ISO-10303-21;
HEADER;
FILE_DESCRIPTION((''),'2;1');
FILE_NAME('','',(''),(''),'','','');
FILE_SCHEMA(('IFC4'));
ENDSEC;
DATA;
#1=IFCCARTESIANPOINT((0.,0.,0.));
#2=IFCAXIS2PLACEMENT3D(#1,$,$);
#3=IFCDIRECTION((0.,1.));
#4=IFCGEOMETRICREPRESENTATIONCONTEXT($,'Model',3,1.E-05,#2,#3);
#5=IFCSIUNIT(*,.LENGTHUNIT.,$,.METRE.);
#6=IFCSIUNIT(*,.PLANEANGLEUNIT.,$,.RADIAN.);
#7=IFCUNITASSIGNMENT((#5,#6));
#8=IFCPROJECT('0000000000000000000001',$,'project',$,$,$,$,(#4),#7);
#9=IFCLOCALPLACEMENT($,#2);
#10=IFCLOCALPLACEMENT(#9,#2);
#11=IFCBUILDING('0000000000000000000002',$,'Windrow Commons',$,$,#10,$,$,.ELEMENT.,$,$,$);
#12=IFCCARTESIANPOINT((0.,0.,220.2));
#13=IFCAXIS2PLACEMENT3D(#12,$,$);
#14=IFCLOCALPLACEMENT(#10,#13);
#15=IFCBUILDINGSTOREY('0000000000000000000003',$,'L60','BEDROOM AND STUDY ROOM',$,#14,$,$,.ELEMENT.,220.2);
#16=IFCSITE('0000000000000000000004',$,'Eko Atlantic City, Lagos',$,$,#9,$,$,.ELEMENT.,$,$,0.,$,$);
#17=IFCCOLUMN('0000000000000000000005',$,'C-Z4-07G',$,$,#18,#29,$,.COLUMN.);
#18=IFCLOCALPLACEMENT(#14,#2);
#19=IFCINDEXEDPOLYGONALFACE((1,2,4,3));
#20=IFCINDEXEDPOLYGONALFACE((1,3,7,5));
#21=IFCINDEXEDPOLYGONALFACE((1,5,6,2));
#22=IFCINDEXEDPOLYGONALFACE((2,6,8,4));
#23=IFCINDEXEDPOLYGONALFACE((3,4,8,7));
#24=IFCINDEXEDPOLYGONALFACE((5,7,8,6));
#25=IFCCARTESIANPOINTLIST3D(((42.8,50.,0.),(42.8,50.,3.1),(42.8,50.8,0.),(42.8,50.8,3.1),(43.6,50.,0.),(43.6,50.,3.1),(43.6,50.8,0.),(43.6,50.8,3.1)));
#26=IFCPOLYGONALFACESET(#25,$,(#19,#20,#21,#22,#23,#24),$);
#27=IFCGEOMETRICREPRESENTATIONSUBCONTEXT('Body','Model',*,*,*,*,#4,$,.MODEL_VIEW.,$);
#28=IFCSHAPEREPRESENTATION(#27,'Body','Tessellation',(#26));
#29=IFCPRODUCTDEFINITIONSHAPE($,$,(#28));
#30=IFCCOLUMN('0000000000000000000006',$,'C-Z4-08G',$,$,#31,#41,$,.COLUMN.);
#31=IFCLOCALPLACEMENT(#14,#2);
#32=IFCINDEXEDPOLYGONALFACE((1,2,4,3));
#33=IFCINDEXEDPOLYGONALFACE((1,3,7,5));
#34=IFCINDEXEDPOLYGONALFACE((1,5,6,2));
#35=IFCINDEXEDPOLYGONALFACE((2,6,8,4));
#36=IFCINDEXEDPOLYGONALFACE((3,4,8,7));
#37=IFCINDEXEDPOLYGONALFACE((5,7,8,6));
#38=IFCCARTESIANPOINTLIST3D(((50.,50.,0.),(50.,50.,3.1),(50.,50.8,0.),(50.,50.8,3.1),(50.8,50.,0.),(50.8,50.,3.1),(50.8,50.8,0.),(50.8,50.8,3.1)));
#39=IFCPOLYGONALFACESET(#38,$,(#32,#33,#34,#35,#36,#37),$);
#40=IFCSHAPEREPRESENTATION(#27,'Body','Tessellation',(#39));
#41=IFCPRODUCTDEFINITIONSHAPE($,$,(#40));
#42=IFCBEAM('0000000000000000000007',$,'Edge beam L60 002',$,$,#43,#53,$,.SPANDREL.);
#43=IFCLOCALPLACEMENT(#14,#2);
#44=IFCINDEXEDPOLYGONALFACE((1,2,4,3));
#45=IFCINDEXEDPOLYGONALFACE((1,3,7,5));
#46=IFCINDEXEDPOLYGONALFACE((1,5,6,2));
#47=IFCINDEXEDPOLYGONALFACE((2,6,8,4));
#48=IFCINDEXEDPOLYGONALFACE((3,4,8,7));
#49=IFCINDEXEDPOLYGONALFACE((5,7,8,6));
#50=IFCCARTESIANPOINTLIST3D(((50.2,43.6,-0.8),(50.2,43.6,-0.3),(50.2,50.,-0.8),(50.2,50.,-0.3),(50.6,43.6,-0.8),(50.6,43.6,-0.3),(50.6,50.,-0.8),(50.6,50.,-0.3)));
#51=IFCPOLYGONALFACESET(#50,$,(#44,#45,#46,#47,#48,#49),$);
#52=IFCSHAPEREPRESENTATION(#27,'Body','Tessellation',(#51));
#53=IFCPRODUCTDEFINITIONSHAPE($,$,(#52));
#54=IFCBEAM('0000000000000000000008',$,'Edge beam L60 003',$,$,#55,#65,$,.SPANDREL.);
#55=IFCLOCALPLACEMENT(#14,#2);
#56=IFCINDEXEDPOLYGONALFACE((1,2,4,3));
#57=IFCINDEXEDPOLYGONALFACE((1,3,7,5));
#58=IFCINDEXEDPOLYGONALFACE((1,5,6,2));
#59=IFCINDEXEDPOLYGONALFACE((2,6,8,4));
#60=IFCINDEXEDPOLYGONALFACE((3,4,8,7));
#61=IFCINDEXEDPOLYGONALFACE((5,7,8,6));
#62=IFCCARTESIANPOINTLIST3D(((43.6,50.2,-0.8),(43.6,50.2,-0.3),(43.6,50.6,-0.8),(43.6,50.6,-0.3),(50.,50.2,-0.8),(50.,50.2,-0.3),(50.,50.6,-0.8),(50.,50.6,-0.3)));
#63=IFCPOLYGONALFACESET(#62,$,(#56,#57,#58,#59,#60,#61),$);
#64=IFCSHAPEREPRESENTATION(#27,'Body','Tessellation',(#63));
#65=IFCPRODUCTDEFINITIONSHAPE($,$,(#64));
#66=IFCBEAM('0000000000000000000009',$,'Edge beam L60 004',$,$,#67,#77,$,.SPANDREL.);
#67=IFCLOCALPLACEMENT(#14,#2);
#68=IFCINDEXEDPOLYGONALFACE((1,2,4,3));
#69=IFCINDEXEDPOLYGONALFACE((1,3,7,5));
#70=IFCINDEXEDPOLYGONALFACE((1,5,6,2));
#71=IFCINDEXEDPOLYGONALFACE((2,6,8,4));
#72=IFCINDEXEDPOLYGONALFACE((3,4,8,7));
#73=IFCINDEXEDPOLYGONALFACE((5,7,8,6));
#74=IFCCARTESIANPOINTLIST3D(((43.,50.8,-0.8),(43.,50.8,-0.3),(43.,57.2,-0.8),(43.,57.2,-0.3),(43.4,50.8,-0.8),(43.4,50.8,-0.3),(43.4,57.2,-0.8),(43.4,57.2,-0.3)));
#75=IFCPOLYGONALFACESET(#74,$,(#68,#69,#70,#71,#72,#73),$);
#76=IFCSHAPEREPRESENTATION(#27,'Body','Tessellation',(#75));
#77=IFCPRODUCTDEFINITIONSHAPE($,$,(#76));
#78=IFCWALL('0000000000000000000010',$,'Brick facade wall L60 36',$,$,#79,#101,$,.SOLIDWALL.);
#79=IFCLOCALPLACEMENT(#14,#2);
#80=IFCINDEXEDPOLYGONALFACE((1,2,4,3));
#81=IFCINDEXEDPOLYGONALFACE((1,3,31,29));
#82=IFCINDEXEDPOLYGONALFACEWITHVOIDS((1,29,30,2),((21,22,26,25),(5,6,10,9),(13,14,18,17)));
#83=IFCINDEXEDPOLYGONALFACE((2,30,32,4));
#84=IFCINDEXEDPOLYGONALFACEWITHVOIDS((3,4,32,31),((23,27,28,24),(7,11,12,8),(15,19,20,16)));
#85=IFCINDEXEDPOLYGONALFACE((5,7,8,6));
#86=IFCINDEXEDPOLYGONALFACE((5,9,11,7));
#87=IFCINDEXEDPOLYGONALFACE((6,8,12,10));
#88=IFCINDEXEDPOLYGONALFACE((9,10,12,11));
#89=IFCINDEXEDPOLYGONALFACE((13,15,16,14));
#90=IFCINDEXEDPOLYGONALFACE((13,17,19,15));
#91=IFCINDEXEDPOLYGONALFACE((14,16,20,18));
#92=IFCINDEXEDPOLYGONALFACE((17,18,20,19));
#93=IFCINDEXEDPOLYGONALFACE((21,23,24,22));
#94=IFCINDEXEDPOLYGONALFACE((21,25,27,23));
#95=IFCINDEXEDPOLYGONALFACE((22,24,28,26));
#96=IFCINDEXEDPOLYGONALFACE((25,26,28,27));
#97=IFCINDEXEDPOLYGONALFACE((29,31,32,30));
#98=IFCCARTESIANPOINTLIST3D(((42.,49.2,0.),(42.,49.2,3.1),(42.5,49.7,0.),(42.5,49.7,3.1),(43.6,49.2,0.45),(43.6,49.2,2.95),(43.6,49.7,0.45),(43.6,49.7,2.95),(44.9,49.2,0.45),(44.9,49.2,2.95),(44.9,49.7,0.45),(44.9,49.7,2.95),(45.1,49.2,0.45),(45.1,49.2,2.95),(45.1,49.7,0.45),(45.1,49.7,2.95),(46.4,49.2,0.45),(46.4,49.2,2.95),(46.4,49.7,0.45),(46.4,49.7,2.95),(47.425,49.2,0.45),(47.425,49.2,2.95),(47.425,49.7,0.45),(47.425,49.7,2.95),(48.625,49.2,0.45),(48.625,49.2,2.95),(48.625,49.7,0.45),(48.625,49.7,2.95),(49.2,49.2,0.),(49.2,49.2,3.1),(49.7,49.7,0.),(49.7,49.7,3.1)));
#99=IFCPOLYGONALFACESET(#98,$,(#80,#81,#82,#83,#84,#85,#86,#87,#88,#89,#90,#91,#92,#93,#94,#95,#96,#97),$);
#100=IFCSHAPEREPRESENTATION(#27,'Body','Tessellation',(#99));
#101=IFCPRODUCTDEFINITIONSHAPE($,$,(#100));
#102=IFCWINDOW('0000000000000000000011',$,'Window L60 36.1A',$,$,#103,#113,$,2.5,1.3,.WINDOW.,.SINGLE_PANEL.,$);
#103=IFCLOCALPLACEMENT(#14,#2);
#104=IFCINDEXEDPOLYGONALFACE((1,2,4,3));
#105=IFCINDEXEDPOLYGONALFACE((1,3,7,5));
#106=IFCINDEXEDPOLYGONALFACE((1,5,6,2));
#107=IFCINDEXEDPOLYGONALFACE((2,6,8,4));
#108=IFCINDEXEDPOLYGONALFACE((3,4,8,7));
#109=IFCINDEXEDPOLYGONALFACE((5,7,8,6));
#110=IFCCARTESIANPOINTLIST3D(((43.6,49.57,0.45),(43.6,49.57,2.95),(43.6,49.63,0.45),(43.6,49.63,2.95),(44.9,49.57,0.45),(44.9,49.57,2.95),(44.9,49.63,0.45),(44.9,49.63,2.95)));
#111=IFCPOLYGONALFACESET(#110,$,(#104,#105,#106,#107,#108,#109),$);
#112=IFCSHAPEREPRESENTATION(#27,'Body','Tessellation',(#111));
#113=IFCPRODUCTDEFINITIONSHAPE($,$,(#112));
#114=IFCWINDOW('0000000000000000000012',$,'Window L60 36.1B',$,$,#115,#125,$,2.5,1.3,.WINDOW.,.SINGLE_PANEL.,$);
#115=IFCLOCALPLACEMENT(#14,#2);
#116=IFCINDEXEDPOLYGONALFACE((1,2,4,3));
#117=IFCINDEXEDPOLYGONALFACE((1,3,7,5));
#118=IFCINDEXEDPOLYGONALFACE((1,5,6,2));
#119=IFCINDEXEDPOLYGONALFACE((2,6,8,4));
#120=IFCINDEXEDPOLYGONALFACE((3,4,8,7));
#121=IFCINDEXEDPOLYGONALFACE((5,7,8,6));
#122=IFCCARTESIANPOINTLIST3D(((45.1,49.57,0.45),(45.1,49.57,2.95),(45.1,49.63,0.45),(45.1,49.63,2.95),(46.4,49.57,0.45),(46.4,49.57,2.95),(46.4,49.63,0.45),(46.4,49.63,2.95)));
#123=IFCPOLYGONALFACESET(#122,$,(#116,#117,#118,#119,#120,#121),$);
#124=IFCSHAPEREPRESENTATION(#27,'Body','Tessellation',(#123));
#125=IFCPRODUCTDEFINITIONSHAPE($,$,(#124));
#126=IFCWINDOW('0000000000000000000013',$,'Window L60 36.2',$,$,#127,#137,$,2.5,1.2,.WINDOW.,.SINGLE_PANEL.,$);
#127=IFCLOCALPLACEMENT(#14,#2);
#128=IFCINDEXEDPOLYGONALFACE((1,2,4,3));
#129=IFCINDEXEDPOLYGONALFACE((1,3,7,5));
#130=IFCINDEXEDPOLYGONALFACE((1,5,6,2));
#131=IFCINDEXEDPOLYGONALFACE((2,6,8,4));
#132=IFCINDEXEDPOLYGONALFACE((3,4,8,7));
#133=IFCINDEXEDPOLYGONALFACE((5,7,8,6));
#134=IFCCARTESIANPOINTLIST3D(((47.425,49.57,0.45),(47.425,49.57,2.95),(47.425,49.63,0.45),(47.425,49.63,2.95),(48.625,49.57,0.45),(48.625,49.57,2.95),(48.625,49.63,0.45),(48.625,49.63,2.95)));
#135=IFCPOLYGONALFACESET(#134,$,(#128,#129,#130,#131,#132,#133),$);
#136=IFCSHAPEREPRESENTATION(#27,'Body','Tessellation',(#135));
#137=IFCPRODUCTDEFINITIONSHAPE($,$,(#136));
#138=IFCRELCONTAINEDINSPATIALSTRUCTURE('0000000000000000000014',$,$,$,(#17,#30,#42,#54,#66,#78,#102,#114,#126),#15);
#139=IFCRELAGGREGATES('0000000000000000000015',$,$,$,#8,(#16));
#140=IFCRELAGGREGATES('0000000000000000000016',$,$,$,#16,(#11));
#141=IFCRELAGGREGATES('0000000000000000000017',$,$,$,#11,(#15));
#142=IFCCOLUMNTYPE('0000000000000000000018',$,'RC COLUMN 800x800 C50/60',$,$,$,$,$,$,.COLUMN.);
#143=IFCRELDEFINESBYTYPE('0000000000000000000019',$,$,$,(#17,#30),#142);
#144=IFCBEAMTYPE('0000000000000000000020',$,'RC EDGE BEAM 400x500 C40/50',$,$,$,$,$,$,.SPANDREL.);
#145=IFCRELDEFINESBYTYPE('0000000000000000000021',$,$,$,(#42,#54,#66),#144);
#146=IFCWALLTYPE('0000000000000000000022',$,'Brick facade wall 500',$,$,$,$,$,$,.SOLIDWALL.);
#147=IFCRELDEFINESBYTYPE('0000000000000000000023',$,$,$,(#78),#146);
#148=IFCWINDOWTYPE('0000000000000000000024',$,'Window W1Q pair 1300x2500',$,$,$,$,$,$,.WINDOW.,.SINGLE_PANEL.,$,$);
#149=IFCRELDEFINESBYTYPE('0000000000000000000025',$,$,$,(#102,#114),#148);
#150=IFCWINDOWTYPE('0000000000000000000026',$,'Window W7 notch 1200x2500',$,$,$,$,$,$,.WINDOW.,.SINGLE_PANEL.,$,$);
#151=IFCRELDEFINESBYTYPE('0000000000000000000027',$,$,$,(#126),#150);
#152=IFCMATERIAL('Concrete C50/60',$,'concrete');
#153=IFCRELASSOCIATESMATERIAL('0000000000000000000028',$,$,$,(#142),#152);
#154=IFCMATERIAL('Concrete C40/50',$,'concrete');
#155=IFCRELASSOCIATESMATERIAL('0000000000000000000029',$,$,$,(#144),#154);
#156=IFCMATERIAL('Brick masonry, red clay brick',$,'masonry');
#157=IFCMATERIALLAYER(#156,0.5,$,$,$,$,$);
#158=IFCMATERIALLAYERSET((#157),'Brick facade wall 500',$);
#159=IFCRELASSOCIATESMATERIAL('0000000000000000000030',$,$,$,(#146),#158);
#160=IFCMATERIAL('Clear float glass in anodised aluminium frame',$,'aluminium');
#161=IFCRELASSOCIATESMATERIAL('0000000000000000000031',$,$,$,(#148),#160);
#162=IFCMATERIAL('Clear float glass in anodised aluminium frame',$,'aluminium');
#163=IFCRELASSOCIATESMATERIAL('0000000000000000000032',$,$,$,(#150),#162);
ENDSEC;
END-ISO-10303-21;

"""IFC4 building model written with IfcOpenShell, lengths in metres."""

from ifc_helpers import new_model, si_unit, direction, frame, frame_2d, origin, origin_2d, place, context, subcontext, project, spatial, polyline, rectangle, outline, extrude, material, layer, layer_set, material_profile, profile_set, type_object, element, fill, save


model = new_model("IFC4")

# Units and contexts
model_context = context("Model", 3, precision=1e-05, world=origin(), true_north=direction((0.0, 1.0)))
body_context = subcontext(model_context, "Body", "Model", "MODEL_VIEW")
ifc_project = project(units=[si_unit("LENGTHUNIT", "METRE"), si_unit("PLANEANGLEUNIT", "RADIAN")], contexts=[model_context])

# Site, building, storey
site_placement = place(None, origin())
site = spatial("IfcSite", under=ifc_project, at=site_placement, Name="Eko Atlantic City, Lagos", CompositionType="ELEMENT", RefElevation=0.0)
building_placement = place(site_placement, origin())
building = spatial("IfcBuilding", under=site, at=building_placement, Name="Windrow Commons", CompositionType="ELEMENT")
storey_placement = place(building_placement, frame((0.0, 0.0, 220.2)))
storey = spatial("IfcBuildingStorey", under=building, at=storey_placement, Name="L60", Description="BEDROOM AND STUDY ROOM", CompositionType="ELEMENT", Elevation=220.2)

# Columns
ifc_material_1 = material(Name="Concrete C50/60", Category="concrete")
ifc_material_profile_1 = material_profile(ifc_material_1, rectangle(XDim=0.8, YDim=0.8, at=origin_2d()))
ifc_profile_set_1 = profile_set([ifc_material_profile_1], Name="Concrete C50/60")
column_type = type_object("IfcColumnType", Name="RC COLUMN 800x800 C50/60", PredefinedType="COLUMN", material=ifc_profile_set_1)
for number, where, z_axis, x_axis, name in (
    (1, (43.2, 50.4, 0.0), (0.0, 0.0, 1.0), (1.0, 0.0, 0.0), "C-Z4-07G"),
    (2, (50.4, 50.4, 0.0), (0.0, 0.0, 1.0), (1.0, 0.0, 0.0), "C-Z4-08G"),
):
    element("IfcColumn", number, at=place(storey_placement, frame(where, z_axis=z_axis, x_axis=x_axis)), inside=storey, type_object=column_type, Name=name, PredefinedType="COLUMN", context=body_context, shape_type="SweptSolid", body=[
        extrude(rectangle(XDim=0.8, YDim=0.8, at=origin_2d()), origin(), (0.0, 0.0, 1.0), 3.1),
    ])

# Beams
ifc_material_2 = material(Name="Concrete C40/50", Category="concrete")
ifc_material_profile_2 = material_profile(ifc_material_2, rectangle(XDim=0.4, YDim=0.5, at=origin_2d()))
ifc_profile_set_2 = profile_set([ifc_material_profile_2], Name="Concrete C40/50")
beam_type = type_object("IfcBeamType", Name="RC EDGE BEAM 400x500 C40/50", PredefinedType="SPANDREL", material=ifc_profile_set_2)
for number, where, z_axis, x_axis, name in (
    (3, (50.4, 43.6, -0.55), (0.0, 1.0, 0.0), (-1.0, 0.0, 0.0), "Edge beam L60 002"),
    (4, (50.0, 50.4, -0.55), (-1.0, 0.0, 0.0), (0.0, -1.0, 0.0), "Edge beam L60 003"),
    (5, (43.2, 50.8, -0.55), (0.0, 1.0, 0.0), (-1.0, 0.0, 0.0), "Edge beam L60 004"),
):
    element("IfcBeam", number, at=place(storey_placement, frame(where, z_axis=z_axis, x_axis=x_axis)), inside=storey, type_object=beam_type, Name=name, PredefinedType="SPANDREL", context=body_context, shape_type="SweptSolid", body=[
        extrude(rectangle(XDim=0.4, YDim=0.5, at=origin_2d()), origin(), (0.0, 0.0, 1.0), 6.4),
    ])

# Wall, openings, windows
ifc_material_3 = material(Name="Brick masonry, red clay brick", Category="masonry")
ifc_layer_1 = layer(ifc_material_3, 0.5)
ifc_layer_set_1 = layer_set([ifc_layer_1], Name="Brick facade wall 500")
wall_type_1 = type_object("IfcWallType", Name="Brick facade wall 500", PredefinedType="SOLIDWALL", material=ifc_layer_set_1)
wall_1_placement = place(storey_placement, frame((42.25, 49.45, 0.0), z_axis=(0.0, 0.0, 1.0), x_axis=(1.0, 0.0, 0.0)))
wall_1 = element("IfcWall", 6, at=wall_1_placement, inside=storey, type_object=wall_type_1, Name="Brick facade wall L60 36", PredefinedType="SOLIDWALL", context=body_context, shape_type="SweptSolid", body=[
    extrude(outline(polyline([(-0.25, -0.25), (6.95, -0.25), (7.45, 0.25), (0.25, 0.25), (-0.25, -0.25)])), origin(), (0.0, 0.0, 1.0), 3.1),
])
opening_1_placement = place(wall_1_placement, frame((1.35, 0.0, 0.45)))
opening_1 = element("IfcOpeningElement", 7, at=opening_1_placement, cuts=wall_1, PredefinedType="OPENING", context=body_context, shape_type="SweptSolid", body=[
    extrude(rectangle(XDim=1.3, YDim=2.5, at=frame_2d((0.65, 1.25))), frame((0.0, 0.26, 0.0), z_axis=(0.0, -1.0, 0.0), x_axis=(1.0, 0.0, 0.0)), (0.0, 0.0, 1.0), 0.52),
])
opening_2_placement = place(wall_1_placement, frame((2.85, 0.0, 0.45)))
opening_2 = element("IfcOpeningElement", 8, at=opening_2_placement, cuts=wall_1, PredefinedType="OPENING", context=body_context, shape_type="SweptSolid", body=[
    extrude(rectangle(XDim=1.3, YDim=2.5, at=frame_2d((0.65, 1.25))), frame((0.0, 0.26, 0.0), z_axis=(0.0, -1.0, 0.0), x_axis=(1.0, 0.0, 0.0)), (0.0, 0.0, 1.0), 0.52),
])
opening_3_placement = place(wall_1_placement, frame((5.175, 0.0, 0.45)))
opening_3 = element("IfcOpeningElement", 9, at=opening_3_placement, cuts=wall_1, PredefinedType="OPENING", context=body_context, shape_type="SweptSolid", body=[
    extrude(rectangle(XDim=1.2, YDim=2.5, at=frame_2d((0.6, 1.25))), frame((0.0, 0.26, 0.0), z_axis=(0.0, -1.0, 0.0), x_axis=(1.0, 0.0, 0.0)), (0.0, 0.0, 1.0), 0.52),
])
ifc_material_4 = material(Name="Clear float glass in anodised aluminium frame", Category="aluminium")
window_type_1 = type_object("IfcWindowType", Name="Window W1Q pair 1300x2500", PartitioningType="SINGLE_PANEL", PredefinedType="WINDOW", material=ifc_material_4)
window_1_placement = place(opening_1_placement, origin())
window_1 = element("IfcWindow", 10, at=window_1_placement, inside=storey, type_object=window_type_1, Name="Window L60 36.1A", OverallHeight=2.5, OverallWidth=1.3, PartitioningType="SINGLE_PANEL", PredefinedType="WINDOW", context=body_context, shape_type="SweptSolid", body=[
    extrude(rectangle(XDim=1.3, YDim=2.5, at=frame_2d((0.65, 1.25))), frame((0.0, 0.18, 0.0), z_axis=(0.0, -1.0, 0.0), x_axis=(1.0, 0.0, 0.0)), (0.0, 0.0, 1.0), 0.06),
])
fill(opening_1, window_1)
window_2_placement = place(opening_2_placement, origin())
window_2 = element("IfcWindow", 11, at=window_2_placement, inside=storey, type_object=window_type_1, Name="Window L60 36.1B", OverallHeight=2.5, OverallWidth=1.3, PartitioningType="SINGLE_PANEL", PredefinedType="WINDOW", context=body_context, shape_type="SweptSolid", body=[
    extrude(rectangle(XDim=1.3, YDim=2.5, at=frame_2d((0.65, 1.25))), frame((0.0, 0.18, 0.0), z_axis=(0.0, -1.0, 0.0), x_axis=(1.0, 0.0, 0.0)), (0.0, 0.0, 1.0), 0.06),
])
fill(opening_2, window_2)
ifc_material_5 = material(Name="Clear float glass in anodised aluminium frame", Category="aluminium")
window_type_2 = type_object("IfcWindowType", Name="Window W7 notch 1200x2500", PartitioningType="SINGLE_PANEL", PredefinedType="WINDOW", material=ifc_material_5)
window_3_placement = place(opening_3_placement, origin())
window_3 = element("IfcWindow", 12, at=window_3_placement, inside=storey, type_object=window_type_2, Name="Window L60 36.2", OverallHeight=2.5, OverallWidth=1.2, PartitioningType="SINGLE_PANEL", PredefinedType="WINDOW", context=body_context, shape_type="SweptSolid", body=[
    extrude(rectangle(XDim=1.2, YDim=2.5, at=frame_2d((0.6, 1.25))), frame((0.0, 0.18, 0.0), z_axis=(0.0, -1.0, 0.0), x_axis=(1.0, 0.0, 0.0)), (0.0, 0.0, 1.0), 0.06),
])
fill(opening_3, window_3)

save(model, "model.ifc")
